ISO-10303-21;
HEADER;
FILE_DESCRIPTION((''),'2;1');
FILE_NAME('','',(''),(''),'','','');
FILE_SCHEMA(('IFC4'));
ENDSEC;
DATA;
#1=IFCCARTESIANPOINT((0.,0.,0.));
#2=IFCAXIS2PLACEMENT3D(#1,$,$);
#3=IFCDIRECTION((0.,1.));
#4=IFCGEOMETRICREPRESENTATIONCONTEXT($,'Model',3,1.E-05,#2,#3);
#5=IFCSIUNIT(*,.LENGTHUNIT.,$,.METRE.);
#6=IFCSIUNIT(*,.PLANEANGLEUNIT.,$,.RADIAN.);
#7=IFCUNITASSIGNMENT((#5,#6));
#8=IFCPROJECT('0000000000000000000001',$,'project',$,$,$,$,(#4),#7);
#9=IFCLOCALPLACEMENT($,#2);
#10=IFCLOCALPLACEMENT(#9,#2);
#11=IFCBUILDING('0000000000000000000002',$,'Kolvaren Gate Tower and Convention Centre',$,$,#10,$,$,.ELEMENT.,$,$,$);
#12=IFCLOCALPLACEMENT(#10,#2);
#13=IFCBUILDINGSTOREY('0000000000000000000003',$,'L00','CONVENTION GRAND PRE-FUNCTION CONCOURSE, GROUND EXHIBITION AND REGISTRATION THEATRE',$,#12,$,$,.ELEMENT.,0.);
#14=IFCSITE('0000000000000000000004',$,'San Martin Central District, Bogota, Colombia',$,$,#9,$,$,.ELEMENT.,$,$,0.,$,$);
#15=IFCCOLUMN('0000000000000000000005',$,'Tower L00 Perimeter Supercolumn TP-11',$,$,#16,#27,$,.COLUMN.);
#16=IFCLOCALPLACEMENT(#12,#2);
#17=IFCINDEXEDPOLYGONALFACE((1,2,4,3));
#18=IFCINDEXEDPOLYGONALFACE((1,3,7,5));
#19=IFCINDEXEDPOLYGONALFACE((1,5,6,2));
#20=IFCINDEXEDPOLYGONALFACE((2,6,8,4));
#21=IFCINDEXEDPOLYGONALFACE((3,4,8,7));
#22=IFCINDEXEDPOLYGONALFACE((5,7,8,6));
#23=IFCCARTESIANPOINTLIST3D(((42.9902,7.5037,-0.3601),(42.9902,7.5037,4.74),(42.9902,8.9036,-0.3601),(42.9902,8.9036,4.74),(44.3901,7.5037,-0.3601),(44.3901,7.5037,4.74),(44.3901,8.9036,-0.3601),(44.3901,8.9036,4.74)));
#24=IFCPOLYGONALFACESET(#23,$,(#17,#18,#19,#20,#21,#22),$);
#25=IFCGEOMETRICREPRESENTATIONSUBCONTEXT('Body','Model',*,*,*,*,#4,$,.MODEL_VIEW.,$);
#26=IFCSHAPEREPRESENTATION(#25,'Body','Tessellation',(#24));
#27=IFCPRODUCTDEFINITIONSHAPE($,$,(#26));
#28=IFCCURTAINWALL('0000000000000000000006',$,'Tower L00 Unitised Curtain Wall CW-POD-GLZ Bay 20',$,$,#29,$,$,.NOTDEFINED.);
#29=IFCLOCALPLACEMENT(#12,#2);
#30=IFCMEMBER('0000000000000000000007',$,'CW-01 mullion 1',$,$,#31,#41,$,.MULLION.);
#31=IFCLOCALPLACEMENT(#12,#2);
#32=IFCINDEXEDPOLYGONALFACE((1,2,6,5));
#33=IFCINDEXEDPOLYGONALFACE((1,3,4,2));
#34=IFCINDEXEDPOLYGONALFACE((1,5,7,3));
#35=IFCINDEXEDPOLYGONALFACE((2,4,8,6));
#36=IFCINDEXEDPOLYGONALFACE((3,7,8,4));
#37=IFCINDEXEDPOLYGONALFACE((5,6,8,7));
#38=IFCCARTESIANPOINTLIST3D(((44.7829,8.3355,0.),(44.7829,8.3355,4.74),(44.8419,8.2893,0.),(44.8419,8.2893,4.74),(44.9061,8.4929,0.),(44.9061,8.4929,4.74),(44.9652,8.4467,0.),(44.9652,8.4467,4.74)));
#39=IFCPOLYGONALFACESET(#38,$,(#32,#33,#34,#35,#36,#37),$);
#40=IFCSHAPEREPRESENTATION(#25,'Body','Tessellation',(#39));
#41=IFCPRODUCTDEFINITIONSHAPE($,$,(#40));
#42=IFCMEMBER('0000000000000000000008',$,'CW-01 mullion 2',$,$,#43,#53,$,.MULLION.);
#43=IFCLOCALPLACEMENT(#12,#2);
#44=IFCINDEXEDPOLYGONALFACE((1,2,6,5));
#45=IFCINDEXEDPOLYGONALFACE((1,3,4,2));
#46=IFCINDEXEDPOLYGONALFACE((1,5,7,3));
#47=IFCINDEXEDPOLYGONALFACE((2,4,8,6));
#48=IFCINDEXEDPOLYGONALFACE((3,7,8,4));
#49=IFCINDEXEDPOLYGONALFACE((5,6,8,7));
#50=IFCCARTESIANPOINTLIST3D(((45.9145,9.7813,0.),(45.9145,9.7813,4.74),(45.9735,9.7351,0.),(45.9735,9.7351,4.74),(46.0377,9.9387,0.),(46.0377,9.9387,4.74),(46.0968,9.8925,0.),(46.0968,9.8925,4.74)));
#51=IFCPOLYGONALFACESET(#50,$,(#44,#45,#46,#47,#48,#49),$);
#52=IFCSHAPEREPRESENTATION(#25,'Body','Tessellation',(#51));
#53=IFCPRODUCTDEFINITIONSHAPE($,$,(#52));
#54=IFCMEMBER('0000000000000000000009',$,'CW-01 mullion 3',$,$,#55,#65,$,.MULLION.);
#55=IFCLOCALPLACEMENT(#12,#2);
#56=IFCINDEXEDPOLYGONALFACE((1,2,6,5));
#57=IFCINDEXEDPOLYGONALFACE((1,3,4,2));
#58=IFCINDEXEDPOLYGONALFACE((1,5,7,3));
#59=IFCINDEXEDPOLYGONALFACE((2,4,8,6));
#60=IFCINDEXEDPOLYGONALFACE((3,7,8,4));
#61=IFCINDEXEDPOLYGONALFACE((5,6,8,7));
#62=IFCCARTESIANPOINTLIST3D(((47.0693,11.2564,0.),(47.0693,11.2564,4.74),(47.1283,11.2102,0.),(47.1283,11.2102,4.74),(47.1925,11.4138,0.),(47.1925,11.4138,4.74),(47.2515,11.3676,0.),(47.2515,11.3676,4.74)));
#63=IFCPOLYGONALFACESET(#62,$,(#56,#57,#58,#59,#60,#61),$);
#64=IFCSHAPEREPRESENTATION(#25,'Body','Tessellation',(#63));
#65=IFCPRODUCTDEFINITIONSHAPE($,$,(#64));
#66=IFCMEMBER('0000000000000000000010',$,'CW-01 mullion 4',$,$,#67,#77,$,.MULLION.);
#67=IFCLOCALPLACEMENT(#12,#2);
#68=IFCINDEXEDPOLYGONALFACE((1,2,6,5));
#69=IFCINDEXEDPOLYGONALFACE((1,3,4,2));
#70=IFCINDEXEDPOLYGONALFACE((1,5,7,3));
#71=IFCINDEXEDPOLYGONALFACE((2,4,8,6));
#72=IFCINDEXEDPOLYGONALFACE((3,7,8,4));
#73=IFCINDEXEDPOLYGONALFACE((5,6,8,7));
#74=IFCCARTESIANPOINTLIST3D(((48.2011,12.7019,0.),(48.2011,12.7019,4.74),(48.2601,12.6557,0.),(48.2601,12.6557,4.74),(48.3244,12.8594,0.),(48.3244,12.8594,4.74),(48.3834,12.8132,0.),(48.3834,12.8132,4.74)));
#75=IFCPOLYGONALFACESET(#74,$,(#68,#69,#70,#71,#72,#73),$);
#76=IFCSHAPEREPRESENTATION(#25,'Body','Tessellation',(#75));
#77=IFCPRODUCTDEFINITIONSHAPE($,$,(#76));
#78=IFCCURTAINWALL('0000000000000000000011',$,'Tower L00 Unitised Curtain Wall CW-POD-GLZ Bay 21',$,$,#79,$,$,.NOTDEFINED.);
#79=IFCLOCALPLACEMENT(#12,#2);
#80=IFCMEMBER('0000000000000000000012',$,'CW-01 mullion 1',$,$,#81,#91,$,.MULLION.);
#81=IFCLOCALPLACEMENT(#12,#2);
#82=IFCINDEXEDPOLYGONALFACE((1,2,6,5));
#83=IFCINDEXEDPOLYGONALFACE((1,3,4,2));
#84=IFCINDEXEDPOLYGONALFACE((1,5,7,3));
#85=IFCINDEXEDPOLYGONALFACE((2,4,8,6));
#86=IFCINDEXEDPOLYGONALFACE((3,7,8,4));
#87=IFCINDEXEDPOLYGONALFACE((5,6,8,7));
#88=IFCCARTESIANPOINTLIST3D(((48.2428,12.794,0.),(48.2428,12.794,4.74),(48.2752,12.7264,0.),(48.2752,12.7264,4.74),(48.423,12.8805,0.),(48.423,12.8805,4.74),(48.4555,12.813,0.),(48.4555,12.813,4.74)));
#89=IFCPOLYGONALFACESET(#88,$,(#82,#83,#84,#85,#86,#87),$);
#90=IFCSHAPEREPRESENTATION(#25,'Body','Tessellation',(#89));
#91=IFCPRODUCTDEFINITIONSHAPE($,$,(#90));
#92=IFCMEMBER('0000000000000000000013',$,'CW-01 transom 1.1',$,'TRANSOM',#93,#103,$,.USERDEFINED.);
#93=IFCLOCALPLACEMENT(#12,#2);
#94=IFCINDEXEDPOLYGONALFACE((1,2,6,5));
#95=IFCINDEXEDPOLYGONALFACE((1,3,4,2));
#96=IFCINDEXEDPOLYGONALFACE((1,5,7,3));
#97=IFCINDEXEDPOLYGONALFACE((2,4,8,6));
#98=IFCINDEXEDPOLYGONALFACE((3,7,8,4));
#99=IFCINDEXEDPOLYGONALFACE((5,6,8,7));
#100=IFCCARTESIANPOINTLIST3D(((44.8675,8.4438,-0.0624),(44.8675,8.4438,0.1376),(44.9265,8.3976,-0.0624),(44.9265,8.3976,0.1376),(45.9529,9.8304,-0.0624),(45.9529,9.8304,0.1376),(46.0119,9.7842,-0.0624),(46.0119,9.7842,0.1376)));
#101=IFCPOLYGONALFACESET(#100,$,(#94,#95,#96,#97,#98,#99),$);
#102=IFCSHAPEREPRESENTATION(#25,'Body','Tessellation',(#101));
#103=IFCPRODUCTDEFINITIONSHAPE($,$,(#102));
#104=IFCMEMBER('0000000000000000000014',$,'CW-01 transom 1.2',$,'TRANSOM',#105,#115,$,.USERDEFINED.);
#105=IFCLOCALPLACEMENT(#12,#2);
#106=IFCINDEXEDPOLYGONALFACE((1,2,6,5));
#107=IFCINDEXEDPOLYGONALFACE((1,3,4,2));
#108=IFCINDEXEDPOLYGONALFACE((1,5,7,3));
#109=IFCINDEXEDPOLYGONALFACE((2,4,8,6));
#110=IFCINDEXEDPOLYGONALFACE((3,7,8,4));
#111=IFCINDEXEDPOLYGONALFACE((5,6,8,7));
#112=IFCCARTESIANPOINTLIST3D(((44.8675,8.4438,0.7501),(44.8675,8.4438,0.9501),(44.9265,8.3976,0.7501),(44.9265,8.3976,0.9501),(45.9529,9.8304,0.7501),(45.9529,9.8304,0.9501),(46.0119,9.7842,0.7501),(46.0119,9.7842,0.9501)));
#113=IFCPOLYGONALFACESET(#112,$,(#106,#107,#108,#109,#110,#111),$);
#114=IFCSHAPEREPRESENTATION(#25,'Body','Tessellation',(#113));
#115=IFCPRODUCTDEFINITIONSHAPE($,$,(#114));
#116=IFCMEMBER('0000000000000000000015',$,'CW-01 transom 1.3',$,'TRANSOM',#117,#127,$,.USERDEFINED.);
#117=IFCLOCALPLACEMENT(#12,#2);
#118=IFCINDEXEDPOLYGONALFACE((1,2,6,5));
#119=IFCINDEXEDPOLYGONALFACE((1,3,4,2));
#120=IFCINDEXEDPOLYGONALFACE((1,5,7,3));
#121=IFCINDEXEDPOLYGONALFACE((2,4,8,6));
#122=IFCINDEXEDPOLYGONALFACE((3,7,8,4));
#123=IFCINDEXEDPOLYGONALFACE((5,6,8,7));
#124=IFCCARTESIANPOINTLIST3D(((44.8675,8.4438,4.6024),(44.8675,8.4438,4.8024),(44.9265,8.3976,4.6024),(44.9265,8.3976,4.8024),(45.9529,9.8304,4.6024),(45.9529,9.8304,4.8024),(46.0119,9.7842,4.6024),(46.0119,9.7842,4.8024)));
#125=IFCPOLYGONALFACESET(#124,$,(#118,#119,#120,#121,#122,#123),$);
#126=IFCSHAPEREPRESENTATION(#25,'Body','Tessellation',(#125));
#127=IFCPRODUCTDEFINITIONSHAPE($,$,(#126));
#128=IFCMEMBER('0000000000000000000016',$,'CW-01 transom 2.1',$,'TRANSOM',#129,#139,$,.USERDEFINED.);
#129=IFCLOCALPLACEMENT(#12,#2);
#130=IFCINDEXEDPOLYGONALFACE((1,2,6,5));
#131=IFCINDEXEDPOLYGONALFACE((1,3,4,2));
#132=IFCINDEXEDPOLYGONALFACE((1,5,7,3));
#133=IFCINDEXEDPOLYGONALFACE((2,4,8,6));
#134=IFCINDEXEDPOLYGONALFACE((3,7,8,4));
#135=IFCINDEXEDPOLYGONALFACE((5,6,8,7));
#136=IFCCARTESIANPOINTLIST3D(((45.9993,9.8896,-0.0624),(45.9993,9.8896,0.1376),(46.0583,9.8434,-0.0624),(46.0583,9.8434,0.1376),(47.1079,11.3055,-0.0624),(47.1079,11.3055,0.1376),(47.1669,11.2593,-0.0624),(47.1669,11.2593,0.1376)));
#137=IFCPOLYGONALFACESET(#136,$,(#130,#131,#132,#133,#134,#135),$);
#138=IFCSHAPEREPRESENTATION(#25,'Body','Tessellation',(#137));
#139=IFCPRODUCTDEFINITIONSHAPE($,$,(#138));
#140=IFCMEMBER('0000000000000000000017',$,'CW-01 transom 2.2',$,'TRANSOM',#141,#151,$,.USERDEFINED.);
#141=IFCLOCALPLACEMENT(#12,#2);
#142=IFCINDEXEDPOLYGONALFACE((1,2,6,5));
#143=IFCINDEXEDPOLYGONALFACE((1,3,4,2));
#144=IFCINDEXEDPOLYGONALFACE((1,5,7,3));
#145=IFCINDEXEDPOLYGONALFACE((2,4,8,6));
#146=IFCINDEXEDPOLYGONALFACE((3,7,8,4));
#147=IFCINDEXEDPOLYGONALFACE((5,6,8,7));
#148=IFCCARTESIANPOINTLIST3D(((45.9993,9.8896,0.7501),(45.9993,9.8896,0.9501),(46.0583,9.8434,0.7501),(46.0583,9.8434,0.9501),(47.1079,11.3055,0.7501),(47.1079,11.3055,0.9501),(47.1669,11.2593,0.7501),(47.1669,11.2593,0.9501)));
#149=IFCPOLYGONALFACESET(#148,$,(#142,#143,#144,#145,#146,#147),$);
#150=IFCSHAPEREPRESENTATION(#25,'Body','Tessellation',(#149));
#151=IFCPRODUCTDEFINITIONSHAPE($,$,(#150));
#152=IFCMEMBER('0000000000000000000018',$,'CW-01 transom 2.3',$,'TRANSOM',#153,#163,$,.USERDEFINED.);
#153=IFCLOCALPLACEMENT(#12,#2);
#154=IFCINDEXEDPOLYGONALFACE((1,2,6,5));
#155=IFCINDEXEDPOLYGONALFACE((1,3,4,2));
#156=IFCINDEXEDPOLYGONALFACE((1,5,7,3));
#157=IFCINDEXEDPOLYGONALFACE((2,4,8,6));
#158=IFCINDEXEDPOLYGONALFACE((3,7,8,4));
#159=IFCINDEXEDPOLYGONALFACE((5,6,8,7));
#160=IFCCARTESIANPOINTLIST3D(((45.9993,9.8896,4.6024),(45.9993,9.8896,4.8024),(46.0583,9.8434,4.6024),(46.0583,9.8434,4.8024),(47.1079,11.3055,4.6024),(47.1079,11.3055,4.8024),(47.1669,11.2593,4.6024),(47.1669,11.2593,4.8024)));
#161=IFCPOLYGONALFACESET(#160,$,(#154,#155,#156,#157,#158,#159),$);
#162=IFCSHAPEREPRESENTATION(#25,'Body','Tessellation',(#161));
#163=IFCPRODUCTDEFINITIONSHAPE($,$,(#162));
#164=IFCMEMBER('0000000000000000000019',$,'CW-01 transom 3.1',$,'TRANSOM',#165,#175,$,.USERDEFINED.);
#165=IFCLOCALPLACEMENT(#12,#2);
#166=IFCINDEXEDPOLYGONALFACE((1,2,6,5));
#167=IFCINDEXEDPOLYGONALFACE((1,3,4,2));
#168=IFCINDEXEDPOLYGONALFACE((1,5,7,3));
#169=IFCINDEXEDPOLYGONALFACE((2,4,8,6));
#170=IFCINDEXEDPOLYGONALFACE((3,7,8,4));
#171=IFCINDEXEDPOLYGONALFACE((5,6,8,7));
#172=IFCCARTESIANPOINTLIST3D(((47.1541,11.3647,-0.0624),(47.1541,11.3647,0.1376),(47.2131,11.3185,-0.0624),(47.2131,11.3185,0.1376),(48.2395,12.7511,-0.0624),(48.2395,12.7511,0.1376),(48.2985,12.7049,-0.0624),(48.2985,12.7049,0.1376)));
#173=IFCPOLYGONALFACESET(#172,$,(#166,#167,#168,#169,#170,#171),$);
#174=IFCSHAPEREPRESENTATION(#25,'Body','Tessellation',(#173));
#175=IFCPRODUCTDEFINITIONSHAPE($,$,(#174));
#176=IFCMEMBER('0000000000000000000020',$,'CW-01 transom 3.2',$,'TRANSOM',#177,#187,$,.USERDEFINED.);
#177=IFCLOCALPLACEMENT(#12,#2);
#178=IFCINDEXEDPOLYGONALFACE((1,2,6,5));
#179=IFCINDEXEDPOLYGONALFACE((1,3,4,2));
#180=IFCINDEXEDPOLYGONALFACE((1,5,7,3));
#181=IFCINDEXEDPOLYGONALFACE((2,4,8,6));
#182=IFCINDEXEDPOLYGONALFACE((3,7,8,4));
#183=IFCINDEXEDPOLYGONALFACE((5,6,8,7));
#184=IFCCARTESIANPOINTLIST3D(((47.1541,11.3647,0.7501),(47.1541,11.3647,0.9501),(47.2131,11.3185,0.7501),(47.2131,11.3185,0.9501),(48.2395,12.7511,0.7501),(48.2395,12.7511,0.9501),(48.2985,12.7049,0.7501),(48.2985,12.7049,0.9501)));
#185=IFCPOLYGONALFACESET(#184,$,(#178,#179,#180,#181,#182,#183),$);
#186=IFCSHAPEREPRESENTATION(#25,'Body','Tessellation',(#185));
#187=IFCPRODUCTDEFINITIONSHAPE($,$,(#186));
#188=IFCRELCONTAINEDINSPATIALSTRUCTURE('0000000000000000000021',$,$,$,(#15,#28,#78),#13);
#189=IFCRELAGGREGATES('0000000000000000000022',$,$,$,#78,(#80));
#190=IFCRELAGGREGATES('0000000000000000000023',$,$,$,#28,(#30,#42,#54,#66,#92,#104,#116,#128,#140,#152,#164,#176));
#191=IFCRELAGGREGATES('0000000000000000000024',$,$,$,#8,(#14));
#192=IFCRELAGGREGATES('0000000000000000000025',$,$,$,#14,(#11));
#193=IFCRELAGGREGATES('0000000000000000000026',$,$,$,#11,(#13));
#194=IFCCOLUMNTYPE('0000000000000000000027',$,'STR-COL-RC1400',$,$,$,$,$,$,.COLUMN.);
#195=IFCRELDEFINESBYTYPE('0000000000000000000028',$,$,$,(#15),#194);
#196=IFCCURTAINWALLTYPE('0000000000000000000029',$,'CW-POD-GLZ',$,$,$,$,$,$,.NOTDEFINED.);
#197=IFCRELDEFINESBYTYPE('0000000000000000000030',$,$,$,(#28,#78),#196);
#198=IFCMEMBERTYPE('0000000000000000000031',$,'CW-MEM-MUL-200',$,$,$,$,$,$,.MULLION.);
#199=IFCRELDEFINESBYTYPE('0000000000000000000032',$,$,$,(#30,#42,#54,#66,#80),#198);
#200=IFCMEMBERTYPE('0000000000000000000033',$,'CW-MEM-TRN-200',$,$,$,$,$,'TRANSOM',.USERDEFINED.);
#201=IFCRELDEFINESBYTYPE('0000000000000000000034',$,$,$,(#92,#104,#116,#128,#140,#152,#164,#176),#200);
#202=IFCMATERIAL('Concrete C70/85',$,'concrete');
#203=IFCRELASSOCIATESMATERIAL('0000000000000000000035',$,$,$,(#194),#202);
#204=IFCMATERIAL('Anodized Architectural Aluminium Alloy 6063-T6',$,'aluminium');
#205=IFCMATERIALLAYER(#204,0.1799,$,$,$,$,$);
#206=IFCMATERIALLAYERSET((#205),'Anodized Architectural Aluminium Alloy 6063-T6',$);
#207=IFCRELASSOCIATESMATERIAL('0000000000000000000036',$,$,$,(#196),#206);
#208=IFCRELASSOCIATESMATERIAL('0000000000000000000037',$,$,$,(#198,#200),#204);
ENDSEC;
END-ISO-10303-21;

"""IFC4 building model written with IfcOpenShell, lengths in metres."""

from ifc_helpers import new_model, si_unit, direction, frame, origin, origin_2d, place, context, subcontext, project, spatial, rectangle, extrude, material, layer, layer_set, material_profile, profile_set, type_object, element, aggregate, save


model = new_model("IFC4")

# Units and contexts
model_context = context("Model", 3, precision=1e-05, world=origin(), true_north=direction((0.0, 1.0)))
body_context = subcontext(model_context, "Body", "Model", "MODEL_VIEW")
ifc_project = project(units=[si_unit("LENGTHUNIT", "METRE"), si_unit("PLANEANGLEUNIT", "RADIAN")], contexts=[model_context])

# Site, building, storey
site_placement = place(None, origin())
site = spatial("IfcSite", under=ifc_project, at=site_placement, Name="San Martin Central District, Bogota, Colombia", CompositionType="ELEMENT", RefElevation=0.0)
building_placement = place(site_placement, origin())
building = spatial("IfcBuilding", under=site, at=building_placement, Name="Kolvaren Gate Tower and Convention Centre", CompositionType="ELEMENT")
storey_placement = place(building_placement, origin())
storey = spatial("IfcBuildingStorey", under=building, at=storey_placement, Name="L00", Description="CONVENTION GRAND PRE-FUNCTION CONCOURSE, GROUND EXHIBITION AND REGISTRATION THEATRE", CompositionType="ELEMENT", Elevation=0.0)

# Column
ifc_material_1 = material(Name="Concrete C70/85", Category="concrete")
ifc_material_profile_1 = material_profile(ifc_material_1, rectangle(XDim=1.3999, YDim=1.3999, at=origin_2d()), Name="RC-COL-1400X1400")
ifc_profile_set_1 = profile_set([ifc_material_profile_1], Name="Concrete C70/85")
column_type = type_object("IfcColumnType", Name="STR-COL-RC1400", PredefinedType="COLUMN", material=ifc_profile_set_1)
column_placement = place(storey_placement, frame((43.6902, 8.2036, -0.3601), z_axis=(0.0, 0.0, 1.0), x_axis=(1.0, 0.0, 0.0)))
element("IfcColumn", 1, at=column_placement, inside=storey, type_object=column_type, Name="Tower L00 Perimeter Supercolumn TP-11", PredefinedType="COLUMN", context=body_context, shape_type="SweptSolid", body=[
    extrude(rectangle(XDim=1.3999, YDim=1.3999, at=origin_2d()), origin(), (0.0, 0.0, 1.0), 5.1001),
])

# Curtain wall, members
ifc_material_2 = material(Name="Anodized Architectural Aluminium Alloy 6063-T6", Category="aluminium")
ifc_layer_1 = layer(ifc_material_2, 0.1799)
ifc_layer_set_1 = layer_set([ifc_layer_1], Name="Anodized Architectural Aluminium Alloy 6063-T6")
curtain_wall_type = type_object("IfcCurtainWallType", Name="CW-POD-GLZ", PredefinedType="NOTDEFINED", material=ifc_layer_set_1)
curtain_wall_1_placement = place(storey_placement, origin())
curtain_wall_1 = element("IfcCurtainWall", 2, at=curtain_wall_1_placement, inside=storey, type_object=curtain_wall_type, Name="Tower L00 Unitised Curtain Wall CW-POD-GLZ Bay 20", PredefinedType="NOTDEFINED")
ifc_material_profile_2 = material_profile(ifc_material_2, rectangle(XDim=0.075, YDim=0.2, at=origin_2d()), Name="CW-MEM-MUL-200")
ifc_profile_set_2 = profile_set([ifc_material_profile_2], Name="Anodized Architectural Aluminium Alloy 6063-T6")
member_type_1 = type_object("IfcMemberType", Name="CW-MEM-MUL-200", PredefinedType="MULLION", material=ifc_profile_set_2)
member_1_placement = place(storey_placement, frame((44.874, 8.3911, 0.0), z_axis=(0.0, 0.0, 1.0), x_axis=(-0.787413, 0.616426, 0.0)))
member_1 = element("IfcMember", 3, at=member_1_placement, type_object=member_type_1, Name="CW-01 mullion 1", PredefinedType="MULLION", context=body_context, shape_type="SweptSolid", body=[
    extrude(rectangle(XDim=0.075, YDim=0.2, at=origin_2d()), origin(), (0.0, 0.0, 1.0), 4.74),
])
member_2_placement = place(storey_placement, frame((46.0056, 9.8369, 0.0), z_axis=(0.0, 0.0, 1.0), x_axis=(-0.787413, 0.616426, 0.0)))
member_2 = element("IfcMember", 4, at=member_2_placement, type_object=member_type_1, Name="CW-01 mullion 2", PredefinedType="MULLION", context=body_context, shape_type="SweptSolid", body=[
    extrude(rectangle(XDim=0.075, YDim=0.2, at=origin_2d()), origin(), (0.0, 0.0, 1.0), 4.74),
])
member_3_placement = place(storey_placement, frame((47.1604, 11.312, 0.0), z_axis=(0.0, 0.0, 1.0), x_axis=(-0.787413, 0.616426, 0.0)))
member_3 = element("IfcMember", 5, at=member_3_placement, type_object=member_type_1, Name="CW-01 mullion 3", PredefinedType="MULLION", context=body_context, shape_type="SweptSolid", body=[
    extrude(rectangle(XDim=0.075, YDim=0.2, at=origin_2d()), origin(), (0.0, 0.0, 1.0), 4.74),
])
member_4_placement = place(storey_placement, frame((48.2922, 12.7576, 0.0), z_axis=(0.0, 0.0, 1.0), x_axis=(-0.787413, 0.616426, 0.0)))
member_4 = element("IfcMember", 6, at=member_4_placement, type_object=member_type_1, Name="CW-01 mullion 4", PredefinedType="MULLION", context=body_context, shape_type="SweptSolid", body=[
    extrude(rectangle(XDim=0.075, YDim=0.2, at=origin_2d()), origin(), (0.0, 0.0, 1.0), 4.74),
])

# Curtain wall, member
curtain_wall_2_placement = place(storey_placement, origin())
curtain_wall_2 = element("IfcCurtainWall", 7, at=curtain_wall_2_placement, inside=storey, type_object=curtain_wall_type, Name="Tower L00 Unitised Curtain Wall CW-POD-GLZ Bay 21", PredefinedType="NOTDEFINED")
member_5_placement = place(storey_placement, frame((48.3491, 12.8035, 0.0), z_axis=(0.0, 0.0, 1.0), x_axis=(-0.433063, 0.901364, 0.0)))
member_5 = element("IfcMember", 8, at=member_5_placement, type_object=member_type_1, Name="CW-01 mullion 1", PredefinedType="MULLION", context=body_context, shape_type="SweptSolid", body=[
    extrude(rectangle(XDim=0.075, YDim=0.2, at=origin_2d()), origin(), (0.0, 0.0, 1.0), 4.74),
])

# Members
ifc_material_profile_3 = material_profile(ifc_material_2, rectangle(XDim=0.075, YDim=0.2, at=origin_2d()), Name="CW-MEM-TRN-200")
ifc_profile_set_3 = profile_set([ifc_material_profile_3], Name="Anodized Architectural Aluminium Alloy 6063-T6")
member_type_2 = type_object("IfcMemberType", Name="CW-MEM-TRN-200", ElementType="TRANSOM", PredefinedType="USERDEFINED", material=ifc_profile_set_3)
member_6_placement = place(storey_placement, frame((44.897, 8.4207, 0.0376), z_axis=(0.616376, 0.787452, 0.0), x_axis=(-0.787452, 0.616376, 0.0)))
member_6 = element("IfcMember", 9, at=member_6_placement, type_object=member_type_2, Name="CW-01 transom 1.1", ObjectType="TRANSOM", PredefinedType="USERDEFINED", context=body_context, shape_type="SweptSolid", body=[
    extrude(rectangle(XDim=0.075, YDim=0.2, at=origin_2d()), origin(), (0.0, 0.0, 1.0), 1.761),
])
member_7_placement = place(storey_placement, frame((44.897, 8.4207, 0.8501), z_axis=(0.616376, 0.787452, 0.0), x_axis=(-0.787452, 0.616376, 0.0)))
member_7 = element("IfcMember", 10, at=member_7_placement, type_object=member_type_2, Name="CW-01 transom 1.2", ObjectType="TRANSOM", PredefinedType="USERDEFINED", context=body_context, shape_type="SweptSolid", body=[
    extrude(rectangle(XDim=0.075, YDim=0.2, at=origin_2d()), origin(), (0.0, 0.0, 1.0), 1.761),
])
member_8_placement = place(storey_placement, frame((44.897, 8.4207, 4.7024), z_axis=(0.616376, 0.787452, 0.0), x_axis=(-0.787452, 0.616376, 0.0)))
member_8 = element("IfcMember", 11, at=member_8_placement, type_object=member_type_2, Name="CW-01 transom 1.3", ObjectType="TRANSOM", PredefinedType="USERDEFINED", context=body_context, shape_type="SweptSolid", body=[
    extrude(rectangle(XDim=0.075, YDim=0.2, at=origin_2d()), origin(), (0.0, 0.0, 1.0), 1.761),
])
member_9_placement = place(storey_placement, frame((46.0288, 9.8665, 0.0376), z_axis=(0.616466, 0.787382, 0.0), x_axis=(-0.787382, 0.616466, 0.0)))
member_9 = element("IfcMember", 12, at=member_9_placement, type_object=member_type_2, Name="CW-01 transom 2.1", ObjectType="TRANSOM", PredefinedType="USERDEFINED", context=body_context, shape_type="SweptSolid", body=[
    extrude(rectangle(XDim=0.075, YDim=0.2, at=origin_2d()), origin(), (0.0, 0.0, 1.0), 1.7983),
])
member_10_placement = place(storey_placement, frame((46.0288, 9.8665, 0.8501), z_axis=(0.616466, 0.787382, 0.0), x_axis=(-0.787382, 0.616466, 0.0)))
member_10 = element("IfcMember", 13, at=member_10_placement, type_object=member_type_2, Name="CW-01 transom 2.2", ObjectType="TRANSOM", PredefinedType="USERDEFINED", context=body_context, shape_type="SweptSolid", body=[
    extrude(rectangle(XDim=0.075, YDim=0.2, at=origin_2d()), origin(), (0.0, 0.0, 1.0), 1.7983),
])
member_11_placement = place(storey_placement, frame((46.0288, 9.8665, 4.7024), z_axis=(0.616466, 0.787382, 0.0), x_axis=(-0.787382, 0.616466, 0.0)))
member_11 = element("IfcMember", 14, at=member_11_placement, type_object=member_type_2, Name="CW-01 transom 2.3", ObjectType="TRANSOM", PredefinedType="USERDEFINED", context=body_context, shape_type="SweptSolid", body=[
    extrude(rectangle(XDim=0.075, YDim=0.2, at=origin_2d()), origin(), (0.0, 0.0, 1.0), 1.7983),
])
member_12_placement = place(storey_placement, frame((47.1836, 11.3416, 0.0376), z_axis=(0.616443, 0.7874, 0.0), x_axis=(-0.7874, 0.616443, 0.0)))
member_12 = element("IfcMember", 15, at=member_12_placement, type_object=member_type_2, Name="CW-01 transom 3.1", ObjectType="TRANSOM", PredefinedType="USERDEFINED", context=body_context, shape_type="SweptSolid", body=[
    extrude(rectangle(XDim=0.075, YDim=0.2, at=origin_2d()), origin(), (0.0, 0.0, 1.0), 1.7607),
])
member_13_placement = place(storey_placement, frame((47.1836, 11.3416, 0.8501), z_axis=(0.616443, 0.7874, 0.0), x_axis=(-0.7874, 0.616443, 0.0)))
member_13 = element("IfcMember", 16, at=member_13_placement, type_object=member_type_2, Name="CW-01 transom 3.2", ObjectType="TRANSOM", PredefinedType="USERDEFINED", context=body_context, shape_type="SweptSolid", body=[
    extrude(rectangle(XDim=0.075, YDim=0.2, at=origin_2d()), origin(), (0.0, 0.0, 1.0), 1.7607),
])
aggregate(curtain_wall_2, [member_5])

aggregate(curtain_wall_1, [member_1, member_2, member_3, member_4, member_6, member_7, member_8, member_9, member_10, member_11, member_12, member_13])

save(model, "model.ifc")
